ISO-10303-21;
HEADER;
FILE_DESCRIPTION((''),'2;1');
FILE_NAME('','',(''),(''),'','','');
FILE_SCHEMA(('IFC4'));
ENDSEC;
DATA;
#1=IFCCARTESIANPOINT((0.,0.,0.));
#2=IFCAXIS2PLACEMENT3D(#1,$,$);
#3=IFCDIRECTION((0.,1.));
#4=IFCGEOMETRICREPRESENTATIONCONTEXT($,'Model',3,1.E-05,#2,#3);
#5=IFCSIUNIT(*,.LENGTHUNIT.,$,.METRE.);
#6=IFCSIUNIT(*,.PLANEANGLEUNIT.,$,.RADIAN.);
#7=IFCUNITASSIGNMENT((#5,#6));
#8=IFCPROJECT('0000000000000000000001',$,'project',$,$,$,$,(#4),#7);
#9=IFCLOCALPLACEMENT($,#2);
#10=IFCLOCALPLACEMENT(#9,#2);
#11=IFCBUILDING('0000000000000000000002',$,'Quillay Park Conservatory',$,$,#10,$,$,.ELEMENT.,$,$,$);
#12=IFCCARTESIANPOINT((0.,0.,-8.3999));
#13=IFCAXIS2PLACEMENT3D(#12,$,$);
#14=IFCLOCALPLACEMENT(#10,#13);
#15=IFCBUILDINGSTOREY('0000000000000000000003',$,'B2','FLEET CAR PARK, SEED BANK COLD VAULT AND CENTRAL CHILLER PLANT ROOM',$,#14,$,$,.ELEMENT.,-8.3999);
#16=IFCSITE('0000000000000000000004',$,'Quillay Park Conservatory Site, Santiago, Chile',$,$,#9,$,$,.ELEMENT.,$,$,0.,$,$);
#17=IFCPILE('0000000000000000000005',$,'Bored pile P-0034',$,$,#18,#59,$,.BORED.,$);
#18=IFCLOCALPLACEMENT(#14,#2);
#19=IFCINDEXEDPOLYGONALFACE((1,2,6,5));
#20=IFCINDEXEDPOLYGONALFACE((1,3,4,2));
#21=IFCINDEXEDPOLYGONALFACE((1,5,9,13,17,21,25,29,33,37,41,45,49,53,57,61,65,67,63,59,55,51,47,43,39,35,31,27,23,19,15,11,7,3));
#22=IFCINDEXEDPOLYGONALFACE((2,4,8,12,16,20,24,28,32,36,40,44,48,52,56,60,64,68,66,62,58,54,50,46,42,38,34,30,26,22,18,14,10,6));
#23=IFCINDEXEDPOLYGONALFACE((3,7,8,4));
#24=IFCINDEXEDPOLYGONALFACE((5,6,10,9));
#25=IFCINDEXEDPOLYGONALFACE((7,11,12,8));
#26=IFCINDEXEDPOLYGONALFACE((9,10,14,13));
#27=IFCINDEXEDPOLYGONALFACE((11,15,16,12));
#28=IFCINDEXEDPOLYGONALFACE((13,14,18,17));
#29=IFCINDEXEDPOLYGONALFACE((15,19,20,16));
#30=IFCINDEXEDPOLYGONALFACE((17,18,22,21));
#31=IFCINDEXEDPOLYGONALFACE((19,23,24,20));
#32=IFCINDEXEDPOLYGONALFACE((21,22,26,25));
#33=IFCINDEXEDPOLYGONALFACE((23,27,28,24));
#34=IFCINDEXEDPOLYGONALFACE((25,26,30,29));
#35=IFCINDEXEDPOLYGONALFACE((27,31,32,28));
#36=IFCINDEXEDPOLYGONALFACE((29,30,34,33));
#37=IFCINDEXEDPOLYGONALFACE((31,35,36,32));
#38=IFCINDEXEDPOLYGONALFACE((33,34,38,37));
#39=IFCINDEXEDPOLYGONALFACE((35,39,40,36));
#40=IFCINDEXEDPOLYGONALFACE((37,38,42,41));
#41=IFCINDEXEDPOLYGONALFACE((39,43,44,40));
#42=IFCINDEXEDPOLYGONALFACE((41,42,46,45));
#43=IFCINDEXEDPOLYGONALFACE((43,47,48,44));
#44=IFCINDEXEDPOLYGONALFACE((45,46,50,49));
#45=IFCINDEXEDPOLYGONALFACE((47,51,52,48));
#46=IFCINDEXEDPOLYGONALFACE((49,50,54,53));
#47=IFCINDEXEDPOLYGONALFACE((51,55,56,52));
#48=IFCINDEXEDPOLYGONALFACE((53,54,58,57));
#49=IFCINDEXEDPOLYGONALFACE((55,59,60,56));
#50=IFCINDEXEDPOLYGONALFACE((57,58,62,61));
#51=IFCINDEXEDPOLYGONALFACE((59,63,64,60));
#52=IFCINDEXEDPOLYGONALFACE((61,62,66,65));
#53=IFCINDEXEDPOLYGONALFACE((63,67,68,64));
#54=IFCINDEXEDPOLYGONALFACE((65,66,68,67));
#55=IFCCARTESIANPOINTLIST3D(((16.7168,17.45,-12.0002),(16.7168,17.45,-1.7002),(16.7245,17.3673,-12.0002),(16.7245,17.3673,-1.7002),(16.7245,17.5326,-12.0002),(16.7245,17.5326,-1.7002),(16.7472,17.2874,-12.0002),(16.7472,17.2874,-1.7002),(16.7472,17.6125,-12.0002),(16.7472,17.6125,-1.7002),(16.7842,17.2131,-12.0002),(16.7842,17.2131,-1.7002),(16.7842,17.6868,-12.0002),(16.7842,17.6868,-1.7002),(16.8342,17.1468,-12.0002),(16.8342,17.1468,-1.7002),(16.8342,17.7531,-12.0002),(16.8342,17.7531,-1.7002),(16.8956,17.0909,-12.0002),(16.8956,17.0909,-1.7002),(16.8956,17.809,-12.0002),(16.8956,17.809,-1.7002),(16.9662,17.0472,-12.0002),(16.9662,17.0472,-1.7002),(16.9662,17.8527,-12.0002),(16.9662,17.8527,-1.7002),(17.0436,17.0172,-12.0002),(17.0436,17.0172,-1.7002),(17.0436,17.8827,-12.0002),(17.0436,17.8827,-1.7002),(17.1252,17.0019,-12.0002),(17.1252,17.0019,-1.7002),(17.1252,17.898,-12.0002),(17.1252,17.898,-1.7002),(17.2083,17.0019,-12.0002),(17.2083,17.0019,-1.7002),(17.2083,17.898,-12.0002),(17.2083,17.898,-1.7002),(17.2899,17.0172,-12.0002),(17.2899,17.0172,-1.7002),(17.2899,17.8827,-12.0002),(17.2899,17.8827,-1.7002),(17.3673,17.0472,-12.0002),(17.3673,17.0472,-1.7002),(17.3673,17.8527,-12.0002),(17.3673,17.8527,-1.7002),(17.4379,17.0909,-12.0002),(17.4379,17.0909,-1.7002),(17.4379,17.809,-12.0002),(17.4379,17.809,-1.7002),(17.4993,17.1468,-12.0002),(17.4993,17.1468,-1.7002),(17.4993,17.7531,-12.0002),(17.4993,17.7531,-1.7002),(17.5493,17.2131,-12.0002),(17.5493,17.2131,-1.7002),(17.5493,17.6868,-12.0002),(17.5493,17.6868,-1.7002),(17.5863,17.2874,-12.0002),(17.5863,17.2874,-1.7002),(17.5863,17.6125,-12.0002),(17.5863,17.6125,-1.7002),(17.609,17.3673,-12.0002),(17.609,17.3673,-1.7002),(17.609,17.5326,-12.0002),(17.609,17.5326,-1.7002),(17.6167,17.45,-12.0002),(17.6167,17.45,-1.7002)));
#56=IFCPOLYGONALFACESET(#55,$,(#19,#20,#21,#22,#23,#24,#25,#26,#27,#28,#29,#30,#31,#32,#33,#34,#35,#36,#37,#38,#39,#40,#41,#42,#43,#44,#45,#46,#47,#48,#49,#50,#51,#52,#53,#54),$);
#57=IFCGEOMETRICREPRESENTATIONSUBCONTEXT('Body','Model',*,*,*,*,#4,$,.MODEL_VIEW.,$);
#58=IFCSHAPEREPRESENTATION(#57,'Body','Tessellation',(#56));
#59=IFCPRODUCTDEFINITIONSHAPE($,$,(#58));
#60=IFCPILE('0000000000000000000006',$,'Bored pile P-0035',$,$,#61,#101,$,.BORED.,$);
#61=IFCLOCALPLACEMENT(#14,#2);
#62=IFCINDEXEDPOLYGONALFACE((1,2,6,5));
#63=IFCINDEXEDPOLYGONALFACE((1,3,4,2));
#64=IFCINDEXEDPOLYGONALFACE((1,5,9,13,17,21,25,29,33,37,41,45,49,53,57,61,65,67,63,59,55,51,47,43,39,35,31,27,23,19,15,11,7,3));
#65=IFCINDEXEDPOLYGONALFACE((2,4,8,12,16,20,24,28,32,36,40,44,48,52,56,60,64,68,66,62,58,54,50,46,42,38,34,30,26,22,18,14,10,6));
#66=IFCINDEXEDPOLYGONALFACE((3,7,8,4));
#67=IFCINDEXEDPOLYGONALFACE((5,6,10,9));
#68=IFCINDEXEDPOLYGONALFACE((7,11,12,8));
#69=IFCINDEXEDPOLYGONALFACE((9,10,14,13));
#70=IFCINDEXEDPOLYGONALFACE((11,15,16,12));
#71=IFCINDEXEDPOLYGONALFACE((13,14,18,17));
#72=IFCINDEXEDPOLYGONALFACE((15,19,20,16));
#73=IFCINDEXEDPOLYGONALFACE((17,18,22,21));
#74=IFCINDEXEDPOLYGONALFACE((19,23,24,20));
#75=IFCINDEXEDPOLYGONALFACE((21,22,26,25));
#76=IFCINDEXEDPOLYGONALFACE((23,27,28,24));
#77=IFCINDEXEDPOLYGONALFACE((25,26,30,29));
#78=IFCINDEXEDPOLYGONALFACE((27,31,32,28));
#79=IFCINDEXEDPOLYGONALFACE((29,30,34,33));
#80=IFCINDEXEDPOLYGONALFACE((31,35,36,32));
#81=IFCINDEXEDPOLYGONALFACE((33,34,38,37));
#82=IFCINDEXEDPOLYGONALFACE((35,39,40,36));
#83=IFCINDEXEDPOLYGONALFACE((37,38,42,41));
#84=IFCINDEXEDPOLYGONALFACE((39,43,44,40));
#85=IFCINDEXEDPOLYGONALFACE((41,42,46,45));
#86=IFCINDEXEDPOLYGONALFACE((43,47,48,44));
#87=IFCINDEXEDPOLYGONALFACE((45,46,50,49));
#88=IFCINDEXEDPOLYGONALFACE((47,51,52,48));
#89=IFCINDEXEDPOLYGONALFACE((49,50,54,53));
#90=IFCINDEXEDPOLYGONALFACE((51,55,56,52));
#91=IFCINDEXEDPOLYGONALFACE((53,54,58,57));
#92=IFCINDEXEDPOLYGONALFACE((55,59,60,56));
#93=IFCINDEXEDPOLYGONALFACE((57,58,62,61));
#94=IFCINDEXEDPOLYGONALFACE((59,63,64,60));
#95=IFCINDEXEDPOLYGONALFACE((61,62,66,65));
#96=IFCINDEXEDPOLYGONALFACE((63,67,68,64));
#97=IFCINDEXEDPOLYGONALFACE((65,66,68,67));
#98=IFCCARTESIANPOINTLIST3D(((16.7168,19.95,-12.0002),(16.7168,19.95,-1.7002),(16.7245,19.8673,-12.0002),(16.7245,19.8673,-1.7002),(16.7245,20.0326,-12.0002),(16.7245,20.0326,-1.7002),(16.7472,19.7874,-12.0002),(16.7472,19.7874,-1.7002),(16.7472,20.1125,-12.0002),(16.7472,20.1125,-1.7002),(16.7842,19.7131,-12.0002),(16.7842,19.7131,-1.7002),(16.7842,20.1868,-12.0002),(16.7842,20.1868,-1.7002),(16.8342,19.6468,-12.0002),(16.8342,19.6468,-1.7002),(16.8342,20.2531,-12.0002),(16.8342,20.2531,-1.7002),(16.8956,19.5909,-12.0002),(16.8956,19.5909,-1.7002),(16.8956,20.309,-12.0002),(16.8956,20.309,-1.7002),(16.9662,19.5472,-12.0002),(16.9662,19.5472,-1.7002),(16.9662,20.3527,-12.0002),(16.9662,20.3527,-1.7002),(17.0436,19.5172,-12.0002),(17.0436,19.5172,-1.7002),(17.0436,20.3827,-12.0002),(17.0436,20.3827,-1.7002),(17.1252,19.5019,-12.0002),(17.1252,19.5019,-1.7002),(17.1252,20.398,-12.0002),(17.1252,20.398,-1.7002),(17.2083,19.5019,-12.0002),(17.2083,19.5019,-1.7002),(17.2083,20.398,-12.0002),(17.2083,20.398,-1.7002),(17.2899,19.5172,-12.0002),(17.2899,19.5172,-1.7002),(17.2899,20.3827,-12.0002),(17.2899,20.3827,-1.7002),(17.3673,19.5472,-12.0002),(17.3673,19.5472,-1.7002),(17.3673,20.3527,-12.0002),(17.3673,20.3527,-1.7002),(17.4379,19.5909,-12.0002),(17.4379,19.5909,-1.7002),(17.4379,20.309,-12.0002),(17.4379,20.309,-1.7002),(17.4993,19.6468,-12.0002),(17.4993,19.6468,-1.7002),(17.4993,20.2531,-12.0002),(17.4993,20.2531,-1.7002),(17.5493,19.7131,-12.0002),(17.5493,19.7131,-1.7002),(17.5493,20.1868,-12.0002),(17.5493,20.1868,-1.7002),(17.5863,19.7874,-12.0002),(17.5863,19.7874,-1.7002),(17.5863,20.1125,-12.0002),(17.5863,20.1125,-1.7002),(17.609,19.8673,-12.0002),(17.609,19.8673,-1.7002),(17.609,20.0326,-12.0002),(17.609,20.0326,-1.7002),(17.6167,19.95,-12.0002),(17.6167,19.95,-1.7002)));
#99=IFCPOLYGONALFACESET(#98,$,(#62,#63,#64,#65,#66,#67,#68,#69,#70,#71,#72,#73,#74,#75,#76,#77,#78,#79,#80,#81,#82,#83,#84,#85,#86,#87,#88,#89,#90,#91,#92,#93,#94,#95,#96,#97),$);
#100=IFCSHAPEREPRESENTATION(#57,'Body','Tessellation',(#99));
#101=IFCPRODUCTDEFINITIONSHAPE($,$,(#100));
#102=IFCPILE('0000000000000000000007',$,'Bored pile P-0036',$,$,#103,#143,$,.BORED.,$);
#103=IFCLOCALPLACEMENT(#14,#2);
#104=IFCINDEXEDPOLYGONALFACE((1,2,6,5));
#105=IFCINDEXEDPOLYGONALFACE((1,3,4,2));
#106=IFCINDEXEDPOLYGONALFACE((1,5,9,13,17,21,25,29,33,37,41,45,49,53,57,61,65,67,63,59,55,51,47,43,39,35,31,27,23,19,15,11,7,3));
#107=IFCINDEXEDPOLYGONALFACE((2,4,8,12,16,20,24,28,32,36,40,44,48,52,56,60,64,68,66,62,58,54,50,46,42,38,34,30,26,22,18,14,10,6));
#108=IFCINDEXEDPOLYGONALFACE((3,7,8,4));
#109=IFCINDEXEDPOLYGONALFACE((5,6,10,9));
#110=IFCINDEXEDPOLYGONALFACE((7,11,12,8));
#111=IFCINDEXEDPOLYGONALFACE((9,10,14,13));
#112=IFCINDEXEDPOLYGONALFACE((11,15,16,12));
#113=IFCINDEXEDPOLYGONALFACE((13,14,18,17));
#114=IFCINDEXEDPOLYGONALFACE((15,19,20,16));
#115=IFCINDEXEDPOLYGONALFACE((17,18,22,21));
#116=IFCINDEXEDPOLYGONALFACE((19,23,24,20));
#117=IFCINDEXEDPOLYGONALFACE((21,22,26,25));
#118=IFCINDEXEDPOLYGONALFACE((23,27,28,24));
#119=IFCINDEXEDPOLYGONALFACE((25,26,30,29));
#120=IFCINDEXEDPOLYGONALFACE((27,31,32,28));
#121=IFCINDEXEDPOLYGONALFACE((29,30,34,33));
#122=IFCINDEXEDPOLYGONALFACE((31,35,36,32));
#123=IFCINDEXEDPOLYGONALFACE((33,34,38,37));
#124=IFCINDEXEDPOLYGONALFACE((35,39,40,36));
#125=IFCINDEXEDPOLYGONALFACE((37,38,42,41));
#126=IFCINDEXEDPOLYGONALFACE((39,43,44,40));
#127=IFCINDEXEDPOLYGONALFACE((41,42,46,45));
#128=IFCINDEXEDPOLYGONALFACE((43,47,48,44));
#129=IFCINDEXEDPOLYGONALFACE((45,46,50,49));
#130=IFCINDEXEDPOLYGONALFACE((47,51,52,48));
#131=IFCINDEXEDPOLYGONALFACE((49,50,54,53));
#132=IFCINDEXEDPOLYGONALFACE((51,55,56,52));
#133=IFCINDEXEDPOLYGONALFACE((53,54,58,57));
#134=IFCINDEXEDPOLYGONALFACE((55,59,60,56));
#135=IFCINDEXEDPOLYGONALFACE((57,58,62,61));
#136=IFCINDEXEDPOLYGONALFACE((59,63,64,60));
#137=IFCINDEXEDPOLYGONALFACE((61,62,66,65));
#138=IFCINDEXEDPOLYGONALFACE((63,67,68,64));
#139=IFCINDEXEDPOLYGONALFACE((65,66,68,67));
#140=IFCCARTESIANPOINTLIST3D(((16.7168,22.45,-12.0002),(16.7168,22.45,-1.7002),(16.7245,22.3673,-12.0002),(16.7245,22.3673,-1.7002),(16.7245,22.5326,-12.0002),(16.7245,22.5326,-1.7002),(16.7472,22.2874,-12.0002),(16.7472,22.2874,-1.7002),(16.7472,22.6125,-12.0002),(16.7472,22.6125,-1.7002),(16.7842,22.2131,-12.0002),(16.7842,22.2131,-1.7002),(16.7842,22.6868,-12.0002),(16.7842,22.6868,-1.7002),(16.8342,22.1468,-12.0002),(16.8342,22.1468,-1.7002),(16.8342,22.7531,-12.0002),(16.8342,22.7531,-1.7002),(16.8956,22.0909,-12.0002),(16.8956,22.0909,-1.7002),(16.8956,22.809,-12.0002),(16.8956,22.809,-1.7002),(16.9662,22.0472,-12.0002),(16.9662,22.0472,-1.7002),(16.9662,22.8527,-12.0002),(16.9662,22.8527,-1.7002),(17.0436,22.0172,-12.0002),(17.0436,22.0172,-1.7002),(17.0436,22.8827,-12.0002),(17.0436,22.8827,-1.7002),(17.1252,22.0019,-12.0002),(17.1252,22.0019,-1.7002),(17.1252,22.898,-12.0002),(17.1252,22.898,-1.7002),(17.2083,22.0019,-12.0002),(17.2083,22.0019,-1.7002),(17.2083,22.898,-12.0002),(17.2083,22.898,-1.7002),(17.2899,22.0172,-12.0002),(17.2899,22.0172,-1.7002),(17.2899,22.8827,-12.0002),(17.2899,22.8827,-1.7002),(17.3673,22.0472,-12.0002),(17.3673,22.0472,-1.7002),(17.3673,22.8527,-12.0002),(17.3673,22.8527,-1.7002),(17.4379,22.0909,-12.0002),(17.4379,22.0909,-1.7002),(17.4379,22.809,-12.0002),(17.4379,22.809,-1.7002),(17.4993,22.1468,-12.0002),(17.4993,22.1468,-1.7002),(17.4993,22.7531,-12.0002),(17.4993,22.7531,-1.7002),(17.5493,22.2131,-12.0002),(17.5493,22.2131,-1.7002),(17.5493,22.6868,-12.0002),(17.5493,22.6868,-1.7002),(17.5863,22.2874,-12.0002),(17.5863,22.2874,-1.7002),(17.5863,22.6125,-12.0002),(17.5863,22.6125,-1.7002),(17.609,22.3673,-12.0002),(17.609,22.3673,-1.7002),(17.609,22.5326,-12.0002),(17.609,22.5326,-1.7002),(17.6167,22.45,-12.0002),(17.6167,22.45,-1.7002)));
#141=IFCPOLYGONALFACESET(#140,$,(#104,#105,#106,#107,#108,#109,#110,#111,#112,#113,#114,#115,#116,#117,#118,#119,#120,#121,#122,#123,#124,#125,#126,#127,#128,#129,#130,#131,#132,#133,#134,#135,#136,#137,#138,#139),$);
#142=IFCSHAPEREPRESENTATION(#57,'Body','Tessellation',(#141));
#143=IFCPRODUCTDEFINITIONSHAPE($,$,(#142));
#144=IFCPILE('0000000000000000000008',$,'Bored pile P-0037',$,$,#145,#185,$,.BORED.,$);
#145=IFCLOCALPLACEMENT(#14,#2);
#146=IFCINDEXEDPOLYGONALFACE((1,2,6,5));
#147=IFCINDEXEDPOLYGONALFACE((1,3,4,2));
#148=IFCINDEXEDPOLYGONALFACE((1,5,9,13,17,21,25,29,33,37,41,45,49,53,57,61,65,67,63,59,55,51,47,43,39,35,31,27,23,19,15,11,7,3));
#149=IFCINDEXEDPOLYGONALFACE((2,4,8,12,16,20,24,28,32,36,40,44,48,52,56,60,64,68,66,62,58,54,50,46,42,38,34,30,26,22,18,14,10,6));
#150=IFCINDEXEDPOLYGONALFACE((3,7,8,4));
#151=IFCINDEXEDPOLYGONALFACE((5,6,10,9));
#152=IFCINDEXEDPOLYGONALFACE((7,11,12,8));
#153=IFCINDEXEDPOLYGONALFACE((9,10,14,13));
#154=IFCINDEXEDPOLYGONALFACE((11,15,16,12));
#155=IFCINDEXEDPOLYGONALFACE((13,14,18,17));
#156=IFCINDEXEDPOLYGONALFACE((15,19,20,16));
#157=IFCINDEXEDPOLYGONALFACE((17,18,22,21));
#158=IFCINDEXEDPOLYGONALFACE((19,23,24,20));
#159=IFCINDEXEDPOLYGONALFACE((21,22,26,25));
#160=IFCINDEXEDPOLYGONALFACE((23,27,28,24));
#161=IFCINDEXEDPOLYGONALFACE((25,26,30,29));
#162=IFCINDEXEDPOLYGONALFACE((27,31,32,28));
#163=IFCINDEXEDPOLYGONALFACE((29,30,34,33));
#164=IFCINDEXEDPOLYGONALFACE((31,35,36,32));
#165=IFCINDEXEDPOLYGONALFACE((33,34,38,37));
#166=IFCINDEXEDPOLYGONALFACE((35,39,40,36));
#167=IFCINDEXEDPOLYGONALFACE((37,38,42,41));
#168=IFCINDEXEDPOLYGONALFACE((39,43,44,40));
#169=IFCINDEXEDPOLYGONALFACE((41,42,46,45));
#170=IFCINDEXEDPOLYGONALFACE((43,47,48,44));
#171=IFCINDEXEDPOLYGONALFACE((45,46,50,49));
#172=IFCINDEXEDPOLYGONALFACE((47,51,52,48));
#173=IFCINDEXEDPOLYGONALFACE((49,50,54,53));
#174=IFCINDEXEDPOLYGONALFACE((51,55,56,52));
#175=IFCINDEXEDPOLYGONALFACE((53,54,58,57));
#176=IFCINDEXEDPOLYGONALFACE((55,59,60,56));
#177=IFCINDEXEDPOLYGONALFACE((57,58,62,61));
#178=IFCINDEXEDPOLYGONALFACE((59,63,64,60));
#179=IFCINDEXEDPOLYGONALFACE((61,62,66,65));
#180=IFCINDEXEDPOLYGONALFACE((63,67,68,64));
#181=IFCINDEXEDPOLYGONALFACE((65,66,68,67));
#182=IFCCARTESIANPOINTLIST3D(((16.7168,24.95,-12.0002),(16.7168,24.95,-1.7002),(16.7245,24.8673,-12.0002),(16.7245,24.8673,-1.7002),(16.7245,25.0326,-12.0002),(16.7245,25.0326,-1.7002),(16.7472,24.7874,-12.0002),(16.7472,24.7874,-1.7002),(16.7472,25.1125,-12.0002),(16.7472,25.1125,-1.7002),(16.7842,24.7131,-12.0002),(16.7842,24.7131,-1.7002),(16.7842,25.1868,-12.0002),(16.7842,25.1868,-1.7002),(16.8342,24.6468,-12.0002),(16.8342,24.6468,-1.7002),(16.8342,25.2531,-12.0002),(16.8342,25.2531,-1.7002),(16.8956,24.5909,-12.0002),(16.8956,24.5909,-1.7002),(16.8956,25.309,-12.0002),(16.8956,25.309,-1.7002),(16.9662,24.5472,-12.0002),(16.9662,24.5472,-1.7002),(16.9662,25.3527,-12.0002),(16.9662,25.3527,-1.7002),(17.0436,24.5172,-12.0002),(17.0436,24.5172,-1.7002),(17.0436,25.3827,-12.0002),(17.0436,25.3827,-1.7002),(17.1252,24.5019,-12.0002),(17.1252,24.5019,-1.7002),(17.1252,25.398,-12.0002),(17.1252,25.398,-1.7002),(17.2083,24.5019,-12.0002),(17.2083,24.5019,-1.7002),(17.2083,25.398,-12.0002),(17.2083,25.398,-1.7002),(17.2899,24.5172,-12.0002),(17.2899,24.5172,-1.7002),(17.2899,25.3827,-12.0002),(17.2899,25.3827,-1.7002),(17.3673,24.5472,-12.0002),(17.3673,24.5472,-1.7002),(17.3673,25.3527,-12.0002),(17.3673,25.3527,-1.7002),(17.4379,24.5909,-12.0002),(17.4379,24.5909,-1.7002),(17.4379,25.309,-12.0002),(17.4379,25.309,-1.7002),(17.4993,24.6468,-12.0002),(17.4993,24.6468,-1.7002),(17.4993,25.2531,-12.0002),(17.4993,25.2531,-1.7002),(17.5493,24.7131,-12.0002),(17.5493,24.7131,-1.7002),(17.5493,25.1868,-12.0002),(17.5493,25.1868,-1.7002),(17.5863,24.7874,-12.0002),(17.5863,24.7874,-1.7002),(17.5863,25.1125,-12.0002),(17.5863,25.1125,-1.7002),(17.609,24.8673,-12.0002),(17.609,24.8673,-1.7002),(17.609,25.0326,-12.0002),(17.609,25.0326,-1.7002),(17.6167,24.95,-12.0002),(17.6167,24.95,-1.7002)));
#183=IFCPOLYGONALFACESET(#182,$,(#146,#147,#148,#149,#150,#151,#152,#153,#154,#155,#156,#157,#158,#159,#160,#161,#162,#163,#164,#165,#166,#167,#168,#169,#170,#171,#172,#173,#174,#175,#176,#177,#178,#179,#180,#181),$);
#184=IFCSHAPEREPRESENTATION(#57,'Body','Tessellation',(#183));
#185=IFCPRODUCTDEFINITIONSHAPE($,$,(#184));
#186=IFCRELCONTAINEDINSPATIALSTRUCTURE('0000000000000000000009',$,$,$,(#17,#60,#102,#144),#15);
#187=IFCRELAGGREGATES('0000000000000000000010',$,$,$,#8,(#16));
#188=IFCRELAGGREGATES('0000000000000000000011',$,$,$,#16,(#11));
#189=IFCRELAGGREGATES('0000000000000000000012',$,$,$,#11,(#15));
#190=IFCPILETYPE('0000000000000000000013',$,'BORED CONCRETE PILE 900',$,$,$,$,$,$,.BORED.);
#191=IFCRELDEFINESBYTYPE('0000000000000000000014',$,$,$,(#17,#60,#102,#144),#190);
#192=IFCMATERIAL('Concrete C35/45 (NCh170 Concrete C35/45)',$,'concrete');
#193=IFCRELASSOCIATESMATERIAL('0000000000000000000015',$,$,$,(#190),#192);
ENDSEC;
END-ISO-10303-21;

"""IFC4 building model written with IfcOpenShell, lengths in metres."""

from ifc_helpers import new_model, si_unit, direction, frame, origin, origin_2d, place, context, subcontext, project, spatial, circle, extrude, material, material_profile, profile_set, type_object, element, save


model = new_model("IFC4")

# Units and contexts
model_context = context("Model", 3, precision=1e-05, world=origin(), true_north=direction((0.0, 1.0)))
body_context = subcontext(model_context, "Body", "Model", "MODEL_VIEW")
ifc_project = project(units=[si_unit("LENGTHUNIT", "METRE"), si_unit("PLANEANGLEUNIT", "RADIAN")], contexts=[model_context])

# Site, building, storey
site_placement = place(None, origin())
site = spatial("IfcSite", under=ifc_project, at=site_placement, Name="Quillay Park Conservatory Site, Santiago, Chile", CompositionType="ELEMENT", RefElevation=0.0)
building_placement = place(site_placement, origin())
building = spatial("IfcBuilding", under=site, at=building_placement, Name="Quillay Park Conservatory", CompositionType="ELEMENT")
storey_placement = place(building_placement, frame((0.0, 0.0, -8.3999)))
storey = spatial("IfcBuildingStorey", under=building, at=storey_placement, Name="B2", Description="FLEET CAR PARK, SEED BANK COLD VAULT AND CENTRAL CHILLER PLANT ROOM", CompositionType="ELEMENT", Elevation=-8.3999)

# Piles
ifc_material_1 = material(Name="Concrete C35/45 (NCh170 Concrete C35/45)", Category="concrete")
ifc_material_profile_1 = material_profile(ifc_material_1, circle(Radius=0.45, at=origin_2d()), Name="PILE900")
ifc_profile_set_1 = profile_set([ifc_material_profile_1], Name="Concrete C35/45 (NCh170 Concrete C35/45)")
pile_type = type_object("IfcPileType", Name="BORED CONCRETE PILE 900", PredefinedType="BORED", material=ifc_profile_set_1)
for number, where, z_axis, x_axis, name in (
    (1, (17.1667, 17.45, -1.7002), (0.0, 0.0, -1.0), (1.0, 0.0, 0.0), "Bored pile P-0034"),
    (2, (17.1667, 19.95, -1.7002), (0.0, 0.0, -1.0), (1.0, 0.0, 0.0), "Bored pile P-0035"),
    (3, (17.1667, 22.45, -1.7002), (0.0, 0.0, -1.0), (1.0, 0.0, 0.0), "Bored pile P-0036"),
    (4, (17.1667, 24.95, -1.7002), (0.0, 0.0, -1.0), (1.0, 0.0, 0.0), "Bored pile P-0037"),
):
    element("IfcPile", number, at=place(storey_placement, frame(where, z_axis=z_axis, x_axis=x_axis)), inside=storey, type_object=pile_type, Name=name, PredefinedType="BORED", context=body_context, shape_type="SweptSolid", body=[
        extrude(circle(Radius=0.45, at=origin_2d()), origin(), (0.0, 0.0, 1.0), 10.3),
    ])

save(model, "model.ifc")
